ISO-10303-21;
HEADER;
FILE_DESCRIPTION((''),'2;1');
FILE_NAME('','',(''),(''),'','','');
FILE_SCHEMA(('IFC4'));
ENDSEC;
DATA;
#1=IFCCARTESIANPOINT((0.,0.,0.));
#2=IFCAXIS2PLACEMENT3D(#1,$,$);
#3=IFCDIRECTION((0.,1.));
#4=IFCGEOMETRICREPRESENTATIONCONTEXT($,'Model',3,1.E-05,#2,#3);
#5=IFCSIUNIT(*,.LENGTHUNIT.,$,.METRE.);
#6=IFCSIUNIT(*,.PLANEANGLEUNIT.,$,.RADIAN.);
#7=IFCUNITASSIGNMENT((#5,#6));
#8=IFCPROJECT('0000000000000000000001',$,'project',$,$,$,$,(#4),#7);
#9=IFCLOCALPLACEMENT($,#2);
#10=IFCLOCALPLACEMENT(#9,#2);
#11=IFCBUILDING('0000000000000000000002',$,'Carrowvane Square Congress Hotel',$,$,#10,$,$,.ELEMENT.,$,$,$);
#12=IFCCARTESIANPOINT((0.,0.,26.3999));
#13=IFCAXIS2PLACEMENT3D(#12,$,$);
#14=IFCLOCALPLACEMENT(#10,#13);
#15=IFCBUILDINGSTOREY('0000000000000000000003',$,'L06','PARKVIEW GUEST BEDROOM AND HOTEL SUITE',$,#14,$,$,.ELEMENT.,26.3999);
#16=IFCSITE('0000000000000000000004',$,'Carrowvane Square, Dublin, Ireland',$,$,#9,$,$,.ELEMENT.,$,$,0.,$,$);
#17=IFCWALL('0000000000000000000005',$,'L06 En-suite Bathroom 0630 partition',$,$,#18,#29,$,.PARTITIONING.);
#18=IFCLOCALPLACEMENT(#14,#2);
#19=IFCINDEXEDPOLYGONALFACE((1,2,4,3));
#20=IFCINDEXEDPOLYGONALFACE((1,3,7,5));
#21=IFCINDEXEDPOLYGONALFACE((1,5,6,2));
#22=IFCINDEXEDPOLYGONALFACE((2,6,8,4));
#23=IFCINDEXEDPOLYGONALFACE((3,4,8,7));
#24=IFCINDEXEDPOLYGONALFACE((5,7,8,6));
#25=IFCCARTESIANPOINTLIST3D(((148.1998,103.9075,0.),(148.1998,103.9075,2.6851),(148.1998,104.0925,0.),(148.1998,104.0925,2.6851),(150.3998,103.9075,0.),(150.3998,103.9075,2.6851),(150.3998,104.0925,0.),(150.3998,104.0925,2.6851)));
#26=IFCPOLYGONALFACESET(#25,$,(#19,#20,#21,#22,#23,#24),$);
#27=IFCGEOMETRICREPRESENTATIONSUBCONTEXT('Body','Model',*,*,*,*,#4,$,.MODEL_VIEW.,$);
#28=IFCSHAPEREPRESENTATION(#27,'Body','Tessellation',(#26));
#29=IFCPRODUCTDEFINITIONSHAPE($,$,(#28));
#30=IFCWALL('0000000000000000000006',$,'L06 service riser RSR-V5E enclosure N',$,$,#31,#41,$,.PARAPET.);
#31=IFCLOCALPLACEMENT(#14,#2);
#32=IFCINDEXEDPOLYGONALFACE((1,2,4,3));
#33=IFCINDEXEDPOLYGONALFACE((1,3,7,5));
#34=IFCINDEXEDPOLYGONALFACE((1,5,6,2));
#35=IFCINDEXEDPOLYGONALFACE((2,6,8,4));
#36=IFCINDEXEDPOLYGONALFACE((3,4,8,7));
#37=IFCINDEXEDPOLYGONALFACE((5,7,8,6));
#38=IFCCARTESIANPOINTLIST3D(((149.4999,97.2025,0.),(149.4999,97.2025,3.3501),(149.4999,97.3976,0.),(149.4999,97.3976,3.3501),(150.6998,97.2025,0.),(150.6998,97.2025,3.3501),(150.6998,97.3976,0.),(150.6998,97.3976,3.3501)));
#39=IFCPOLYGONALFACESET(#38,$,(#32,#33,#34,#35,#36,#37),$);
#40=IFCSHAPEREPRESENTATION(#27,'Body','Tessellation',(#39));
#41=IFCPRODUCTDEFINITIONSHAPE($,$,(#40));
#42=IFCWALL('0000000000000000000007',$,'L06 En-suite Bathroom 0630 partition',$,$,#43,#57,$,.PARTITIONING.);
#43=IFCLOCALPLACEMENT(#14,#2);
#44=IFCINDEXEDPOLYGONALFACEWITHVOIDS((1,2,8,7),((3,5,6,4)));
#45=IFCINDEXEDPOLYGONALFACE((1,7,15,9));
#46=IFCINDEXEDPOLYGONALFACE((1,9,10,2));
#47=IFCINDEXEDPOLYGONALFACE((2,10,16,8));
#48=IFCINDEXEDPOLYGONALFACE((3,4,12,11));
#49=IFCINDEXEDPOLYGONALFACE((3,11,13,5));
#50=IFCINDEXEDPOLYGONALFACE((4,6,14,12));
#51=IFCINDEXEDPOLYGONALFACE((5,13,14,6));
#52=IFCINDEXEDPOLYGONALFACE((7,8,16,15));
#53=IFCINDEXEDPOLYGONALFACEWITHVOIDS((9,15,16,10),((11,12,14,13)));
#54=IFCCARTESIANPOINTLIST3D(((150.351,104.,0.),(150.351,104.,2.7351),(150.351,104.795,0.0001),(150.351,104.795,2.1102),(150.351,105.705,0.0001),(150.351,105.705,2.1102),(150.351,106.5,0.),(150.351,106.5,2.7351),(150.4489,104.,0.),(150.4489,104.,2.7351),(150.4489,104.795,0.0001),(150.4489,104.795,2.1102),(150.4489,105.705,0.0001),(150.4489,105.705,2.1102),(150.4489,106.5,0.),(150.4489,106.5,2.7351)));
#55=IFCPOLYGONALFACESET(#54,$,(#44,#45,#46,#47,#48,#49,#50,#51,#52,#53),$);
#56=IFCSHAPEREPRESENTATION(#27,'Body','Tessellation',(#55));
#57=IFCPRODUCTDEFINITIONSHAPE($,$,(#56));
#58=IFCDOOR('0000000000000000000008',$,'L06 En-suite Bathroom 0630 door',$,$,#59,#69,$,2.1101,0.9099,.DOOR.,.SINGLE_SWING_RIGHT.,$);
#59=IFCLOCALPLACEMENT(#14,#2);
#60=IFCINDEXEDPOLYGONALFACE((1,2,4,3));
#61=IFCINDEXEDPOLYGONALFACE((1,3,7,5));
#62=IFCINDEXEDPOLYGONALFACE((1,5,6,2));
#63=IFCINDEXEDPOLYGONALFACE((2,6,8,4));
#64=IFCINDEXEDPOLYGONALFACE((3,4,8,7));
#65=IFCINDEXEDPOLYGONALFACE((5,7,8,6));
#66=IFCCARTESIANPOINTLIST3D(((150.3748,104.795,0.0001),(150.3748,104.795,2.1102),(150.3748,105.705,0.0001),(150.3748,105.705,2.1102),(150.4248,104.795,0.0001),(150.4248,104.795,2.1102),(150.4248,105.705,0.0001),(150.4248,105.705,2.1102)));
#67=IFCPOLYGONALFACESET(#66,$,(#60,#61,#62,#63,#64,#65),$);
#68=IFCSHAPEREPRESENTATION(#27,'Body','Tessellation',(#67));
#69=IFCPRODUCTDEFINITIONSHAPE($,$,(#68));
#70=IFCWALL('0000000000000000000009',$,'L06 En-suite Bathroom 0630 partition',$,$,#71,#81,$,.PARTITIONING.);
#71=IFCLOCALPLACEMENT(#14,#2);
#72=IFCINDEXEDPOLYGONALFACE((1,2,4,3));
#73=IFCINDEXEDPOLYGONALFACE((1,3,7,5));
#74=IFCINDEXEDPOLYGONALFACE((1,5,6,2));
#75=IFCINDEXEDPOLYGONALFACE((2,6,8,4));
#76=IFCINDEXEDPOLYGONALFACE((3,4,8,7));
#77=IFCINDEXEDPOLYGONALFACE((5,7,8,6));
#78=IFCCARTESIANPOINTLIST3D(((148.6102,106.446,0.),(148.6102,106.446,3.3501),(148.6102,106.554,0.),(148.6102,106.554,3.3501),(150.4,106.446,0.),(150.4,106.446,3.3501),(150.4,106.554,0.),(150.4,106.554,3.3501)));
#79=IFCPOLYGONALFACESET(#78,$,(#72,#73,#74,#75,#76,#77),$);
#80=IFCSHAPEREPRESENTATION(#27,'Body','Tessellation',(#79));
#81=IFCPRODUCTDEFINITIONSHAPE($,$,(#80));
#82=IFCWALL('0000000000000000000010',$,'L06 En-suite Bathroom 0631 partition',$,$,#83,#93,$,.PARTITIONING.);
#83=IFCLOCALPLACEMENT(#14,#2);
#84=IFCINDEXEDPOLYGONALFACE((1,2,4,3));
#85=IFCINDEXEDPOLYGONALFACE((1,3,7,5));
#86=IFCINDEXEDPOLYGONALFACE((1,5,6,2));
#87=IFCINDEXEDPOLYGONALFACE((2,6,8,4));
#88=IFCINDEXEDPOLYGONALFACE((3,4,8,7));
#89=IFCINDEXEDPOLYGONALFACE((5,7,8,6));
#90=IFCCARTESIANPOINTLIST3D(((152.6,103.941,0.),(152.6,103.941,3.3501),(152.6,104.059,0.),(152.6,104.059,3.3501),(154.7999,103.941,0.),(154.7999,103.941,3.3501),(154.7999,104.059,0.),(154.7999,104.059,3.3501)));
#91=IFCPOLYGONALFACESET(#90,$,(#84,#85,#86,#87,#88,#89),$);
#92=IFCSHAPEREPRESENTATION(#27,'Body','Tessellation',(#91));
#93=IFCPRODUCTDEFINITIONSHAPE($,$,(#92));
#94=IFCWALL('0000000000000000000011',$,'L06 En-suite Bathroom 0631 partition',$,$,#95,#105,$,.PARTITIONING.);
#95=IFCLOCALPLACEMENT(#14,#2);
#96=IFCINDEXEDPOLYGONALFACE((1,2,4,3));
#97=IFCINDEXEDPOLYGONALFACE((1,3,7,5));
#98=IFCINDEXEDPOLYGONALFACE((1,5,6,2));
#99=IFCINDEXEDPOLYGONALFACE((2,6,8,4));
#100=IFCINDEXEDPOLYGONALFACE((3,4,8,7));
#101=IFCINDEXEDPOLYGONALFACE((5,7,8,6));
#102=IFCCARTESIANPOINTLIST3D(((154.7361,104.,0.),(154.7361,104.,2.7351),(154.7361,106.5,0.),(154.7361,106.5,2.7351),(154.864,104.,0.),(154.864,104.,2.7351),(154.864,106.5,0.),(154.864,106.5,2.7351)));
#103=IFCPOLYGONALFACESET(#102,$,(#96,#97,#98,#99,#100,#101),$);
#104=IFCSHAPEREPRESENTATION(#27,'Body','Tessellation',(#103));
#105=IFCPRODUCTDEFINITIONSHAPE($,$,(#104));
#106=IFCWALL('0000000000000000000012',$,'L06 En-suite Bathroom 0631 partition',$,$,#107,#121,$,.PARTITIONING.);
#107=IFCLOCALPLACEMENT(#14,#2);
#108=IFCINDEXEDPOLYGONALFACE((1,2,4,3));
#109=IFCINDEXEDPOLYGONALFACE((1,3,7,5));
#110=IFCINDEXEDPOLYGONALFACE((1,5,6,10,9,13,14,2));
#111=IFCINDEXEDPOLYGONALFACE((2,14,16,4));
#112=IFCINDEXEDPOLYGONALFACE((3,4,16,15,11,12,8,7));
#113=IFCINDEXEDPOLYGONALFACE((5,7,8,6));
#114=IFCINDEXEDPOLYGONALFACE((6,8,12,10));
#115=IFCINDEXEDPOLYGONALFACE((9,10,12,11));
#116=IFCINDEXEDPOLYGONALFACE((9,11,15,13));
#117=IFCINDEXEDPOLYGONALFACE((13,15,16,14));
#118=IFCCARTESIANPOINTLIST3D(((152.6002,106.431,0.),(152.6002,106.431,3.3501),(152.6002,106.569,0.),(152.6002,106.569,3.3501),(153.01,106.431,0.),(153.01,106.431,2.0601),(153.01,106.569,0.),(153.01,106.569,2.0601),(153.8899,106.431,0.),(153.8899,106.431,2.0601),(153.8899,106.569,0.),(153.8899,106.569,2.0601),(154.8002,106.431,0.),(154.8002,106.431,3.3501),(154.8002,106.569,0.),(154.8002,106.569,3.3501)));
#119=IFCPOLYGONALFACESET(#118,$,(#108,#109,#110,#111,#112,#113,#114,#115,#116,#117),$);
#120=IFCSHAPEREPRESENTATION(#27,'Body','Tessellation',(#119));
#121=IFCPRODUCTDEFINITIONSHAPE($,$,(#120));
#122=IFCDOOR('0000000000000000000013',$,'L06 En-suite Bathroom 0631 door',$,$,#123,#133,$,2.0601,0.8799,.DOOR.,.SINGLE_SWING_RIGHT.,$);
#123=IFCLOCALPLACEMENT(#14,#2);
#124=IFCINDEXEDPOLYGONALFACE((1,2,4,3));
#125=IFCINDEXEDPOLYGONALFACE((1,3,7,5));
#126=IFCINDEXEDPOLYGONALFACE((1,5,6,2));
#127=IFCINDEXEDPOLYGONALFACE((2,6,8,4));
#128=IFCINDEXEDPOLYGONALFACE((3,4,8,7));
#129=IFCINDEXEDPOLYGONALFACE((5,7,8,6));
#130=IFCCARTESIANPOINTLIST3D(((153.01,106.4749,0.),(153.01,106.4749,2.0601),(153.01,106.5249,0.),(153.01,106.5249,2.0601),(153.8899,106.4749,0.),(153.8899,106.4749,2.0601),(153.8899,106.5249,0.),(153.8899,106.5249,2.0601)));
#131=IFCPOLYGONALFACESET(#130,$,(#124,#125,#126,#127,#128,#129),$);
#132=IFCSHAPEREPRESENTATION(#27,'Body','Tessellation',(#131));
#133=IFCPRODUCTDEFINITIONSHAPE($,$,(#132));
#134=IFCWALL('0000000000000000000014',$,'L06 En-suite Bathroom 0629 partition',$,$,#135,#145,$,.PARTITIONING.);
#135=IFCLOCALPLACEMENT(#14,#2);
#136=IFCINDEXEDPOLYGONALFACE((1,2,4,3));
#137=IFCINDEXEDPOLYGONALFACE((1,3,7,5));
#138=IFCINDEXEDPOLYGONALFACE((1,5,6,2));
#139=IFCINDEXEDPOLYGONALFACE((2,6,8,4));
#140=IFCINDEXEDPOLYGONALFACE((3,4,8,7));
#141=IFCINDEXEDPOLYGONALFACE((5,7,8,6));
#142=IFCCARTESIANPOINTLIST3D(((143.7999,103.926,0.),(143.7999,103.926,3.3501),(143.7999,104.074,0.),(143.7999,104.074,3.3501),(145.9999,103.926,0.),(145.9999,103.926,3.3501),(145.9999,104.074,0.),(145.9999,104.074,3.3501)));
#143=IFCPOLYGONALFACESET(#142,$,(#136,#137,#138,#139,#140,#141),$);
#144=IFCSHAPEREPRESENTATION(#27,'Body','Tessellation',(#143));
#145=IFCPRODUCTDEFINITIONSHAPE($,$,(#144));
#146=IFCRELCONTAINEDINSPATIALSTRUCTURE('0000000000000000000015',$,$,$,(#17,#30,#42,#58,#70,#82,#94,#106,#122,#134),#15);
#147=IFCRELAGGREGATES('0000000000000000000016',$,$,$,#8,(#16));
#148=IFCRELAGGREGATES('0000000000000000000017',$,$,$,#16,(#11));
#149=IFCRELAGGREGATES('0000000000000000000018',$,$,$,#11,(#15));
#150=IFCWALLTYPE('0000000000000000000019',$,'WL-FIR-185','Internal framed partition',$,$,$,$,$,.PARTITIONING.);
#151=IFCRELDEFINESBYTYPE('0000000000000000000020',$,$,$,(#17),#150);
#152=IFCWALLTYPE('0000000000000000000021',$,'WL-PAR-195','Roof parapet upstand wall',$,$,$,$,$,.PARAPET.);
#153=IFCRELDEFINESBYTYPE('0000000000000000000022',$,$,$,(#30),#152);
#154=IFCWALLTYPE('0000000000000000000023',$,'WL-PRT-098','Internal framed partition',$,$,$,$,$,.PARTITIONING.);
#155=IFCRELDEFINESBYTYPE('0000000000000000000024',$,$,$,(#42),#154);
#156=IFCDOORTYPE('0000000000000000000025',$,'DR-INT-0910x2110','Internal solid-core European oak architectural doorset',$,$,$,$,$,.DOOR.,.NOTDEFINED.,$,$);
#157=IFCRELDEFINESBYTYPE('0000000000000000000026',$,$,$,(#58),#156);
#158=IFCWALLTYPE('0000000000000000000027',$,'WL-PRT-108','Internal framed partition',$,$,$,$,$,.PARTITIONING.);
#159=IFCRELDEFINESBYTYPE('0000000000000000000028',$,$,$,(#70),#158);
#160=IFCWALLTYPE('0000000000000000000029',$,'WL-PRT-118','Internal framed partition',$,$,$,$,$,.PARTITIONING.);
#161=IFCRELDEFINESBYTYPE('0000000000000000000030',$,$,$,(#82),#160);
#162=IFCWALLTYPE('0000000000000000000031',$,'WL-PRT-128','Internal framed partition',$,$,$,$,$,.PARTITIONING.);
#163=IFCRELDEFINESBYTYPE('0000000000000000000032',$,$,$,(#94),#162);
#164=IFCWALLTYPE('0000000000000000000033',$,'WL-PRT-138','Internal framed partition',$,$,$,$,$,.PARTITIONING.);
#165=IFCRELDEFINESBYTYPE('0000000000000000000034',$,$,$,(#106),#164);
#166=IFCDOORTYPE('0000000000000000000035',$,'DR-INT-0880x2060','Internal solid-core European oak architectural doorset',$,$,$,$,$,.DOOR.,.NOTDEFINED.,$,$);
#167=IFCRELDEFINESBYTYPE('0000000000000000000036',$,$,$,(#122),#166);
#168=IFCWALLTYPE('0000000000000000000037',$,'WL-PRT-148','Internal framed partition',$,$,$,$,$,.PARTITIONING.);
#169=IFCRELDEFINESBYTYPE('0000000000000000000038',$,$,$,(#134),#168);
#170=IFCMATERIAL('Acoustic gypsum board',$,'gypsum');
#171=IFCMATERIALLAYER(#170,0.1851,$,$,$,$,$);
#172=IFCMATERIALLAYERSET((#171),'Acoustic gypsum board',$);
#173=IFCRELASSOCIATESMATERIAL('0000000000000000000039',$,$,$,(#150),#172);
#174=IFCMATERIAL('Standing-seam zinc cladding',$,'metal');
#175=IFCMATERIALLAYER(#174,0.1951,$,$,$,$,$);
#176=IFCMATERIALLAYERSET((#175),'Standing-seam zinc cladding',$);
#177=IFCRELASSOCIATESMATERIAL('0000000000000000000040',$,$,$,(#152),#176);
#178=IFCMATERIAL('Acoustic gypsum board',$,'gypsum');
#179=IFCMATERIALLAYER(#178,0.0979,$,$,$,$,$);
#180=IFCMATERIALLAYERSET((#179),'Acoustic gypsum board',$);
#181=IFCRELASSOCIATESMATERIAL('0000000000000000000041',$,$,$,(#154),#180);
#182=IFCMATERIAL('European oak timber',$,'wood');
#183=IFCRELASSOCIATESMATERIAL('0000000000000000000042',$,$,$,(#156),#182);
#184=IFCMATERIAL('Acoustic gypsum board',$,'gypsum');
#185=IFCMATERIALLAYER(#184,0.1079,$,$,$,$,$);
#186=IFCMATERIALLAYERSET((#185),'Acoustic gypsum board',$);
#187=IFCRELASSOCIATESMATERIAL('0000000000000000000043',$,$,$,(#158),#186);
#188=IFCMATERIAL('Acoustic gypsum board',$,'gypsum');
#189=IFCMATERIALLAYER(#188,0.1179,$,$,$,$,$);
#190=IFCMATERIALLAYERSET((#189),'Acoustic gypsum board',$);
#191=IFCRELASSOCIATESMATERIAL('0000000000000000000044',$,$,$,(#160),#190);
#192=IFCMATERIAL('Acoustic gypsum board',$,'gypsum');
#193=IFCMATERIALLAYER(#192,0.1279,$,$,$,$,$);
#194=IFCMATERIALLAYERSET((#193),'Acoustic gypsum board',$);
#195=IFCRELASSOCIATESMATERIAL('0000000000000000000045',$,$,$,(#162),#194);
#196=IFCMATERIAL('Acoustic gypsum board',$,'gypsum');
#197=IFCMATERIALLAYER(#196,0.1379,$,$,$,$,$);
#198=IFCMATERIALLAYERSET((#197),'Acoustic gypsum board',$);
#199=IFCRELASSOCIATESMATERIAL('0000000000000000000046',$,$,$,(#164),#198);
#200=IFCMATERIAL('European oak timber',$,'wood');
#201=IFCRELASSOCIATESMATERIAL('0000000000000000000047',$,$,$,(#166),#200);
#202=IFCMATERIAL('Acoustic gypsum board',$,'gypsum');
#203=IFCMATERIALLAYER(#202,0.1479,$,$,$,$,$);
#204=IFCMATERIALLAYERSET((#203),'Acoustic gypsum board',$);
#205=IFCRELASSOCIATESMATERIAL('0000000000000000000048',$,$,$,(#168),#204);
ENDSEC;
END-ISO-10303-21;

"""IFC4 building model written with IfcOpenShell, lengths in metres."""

from ifc_helpers import new_model, si_unit, direction, frame, frame_2d, origin, place, context, subcontext, project, spatial, rectangle, extrude, material, layer, layer_set, type_object, element, fill, save


model = new_model("IFC4")

# Units and contexts
model_context = context("Model", 3, precision=1e-05, world=origin(), true_north=direction((0.0, 1.0)))
body_context = subcontext(model_context, "Body", "Model", "MODEL_VIEW")
ifc_project = project(units=[si_unit("LENGTHUNIT", "METRE"), si_unit("PLANEANGLEUNIT", "RADIAN")], contexts=[model_context])

# Site, building, storey
site_placement = place(None, origin())
site = spatial("IfcSite", under=ifc_project, at=site_placement, Name="Carrowvane Square, Dublin, Ireland", CompositionType="ELEMENT", RefElevation=0.0)
building_placement = place(site_placement, origin())
building = spatial("IfcBuilding", under=site, at=building_placement, Name="Carrowvane Square Congress Hotel", CompositionType="ELEMENT")
storey_placement = place(building_placement, frame((0.0, 0.0, 26.3999)))
storey = spatial("IfcBuildingStorey", under=building, at=storey_placement, Name="L06", Description="PARKVIEW GUEST BEDROOM AND HOTEL SUITE", CompositionType="ELEMENT", Elevation=26.3999)

# Walls
ifc_material_1 = material(Name="Acoustic gypsum board", Category="gypsum")
ifc_layer_1 = layer(ifc_material_1, 0.1851)
ifc_layer_set_1 = layer_set([ifc_layer_1], Name="Acoustic gypsum board")
wall_type_1 = type_object("IfcWallType", Name="WL-FIR-185", Description="Internal framed partition", PredefinedType="PARTITIONING", material=ifc_layer_set_1)
wall_1_placement = place(storey_placement, frame((150.3999, 104.0, 0.0), z_axis=(0.0, 0.0, 1.0), x_axis=(-1.0, 0.0, 0.0)))
element("IfcWall", 1, at=wall_1_placement, inside=storey, type_object=wall_type_1, Name="L06 En-suite Bathroom 0630 partition", PredefinedType="PARTITIONING", context=body_context, shape_type="SweptSolid", body=[
    extrude(rectangle(XDim=2.2, YDim=0.1851, at=frame_2d((1.1001, 0.0))), origin(), (0.0, 0.0, 1.0), 2.6851),
])
ifc_material_2 = material(Name="Standing-seam zinc cladding", Category="metal")
ifc_layer_2 = layer(ifc_material_2, 0.1951)
ifc_layer_set_2 = layer_set([ifc_layer_2], Name="Standing-seam zinc cladding")
wall_type_2 = type_object("IfcWallType", Name="WL-PAR-195", Description="Roof parapet upstand wall", PredefinedType="PARAPET", material=ifc_layer_set_2)
wall_2_placement = place(storey_placement, frame((150.7, 97.3, 0.0), z_axis=(0.0, 0.0, 1.0), x_axis=(-1.0, 0.0, 0.0)))
element("IfcWall", 2, at=wall_2_placement, inside=storey, type_object=wall_type_2, Name="L06 service riser RSR-V5E enclosure N", PredefinedType="PARAPET", context=body_context, shape_type="SweptSolid", body=[
    extrude(rectangle(XDim=1.2, YDim=0.1951, at=frame_2d((0.6001, 0.0))), origin(), (0.0, 0.0, 1.0), 3.3501),
])

# Wall, opening, door
ifc_material_3 = material(Name="Acoustic gypsum board", Category="gypsum")
ifc_layer_3 = layer(ifc_material_3, 0.0979)
ifc_layer_set_3 = layer_set([ifc_layer_3], Name="Acoustic gypsum board")
wall_type_3 = type_object("IfcWallType", Name="WL-PRT-098", Description="Internal framed partition", PredefinedType="PARTITIONING", material=ifc_layer_set_3)
wall_3_placement = place(storey_placement, frame((150.3999, 106.5, 0.0), z_axis=(0.0, 0.0, 1.0), x_axis=(0.0, -1.0, 0.0)))
wall_3 = element("IfcWall", 3, at=wall_3_placement, inside=storey, type_object=wall_type_3, Name="L06 En-suite Bathroom 0630 partition", PredefinedType="PARTITIONING", context=body_context, shape_type="SweptSolid", body=[
    extrude(rectangle(XDim=2.5, YDim=0.0979, at=frame_2d((1.25, 0.0))), origin(), (0.0, 0.0, 1.0), 2.7351),
])
opening_1_placement = place(wall_3_placement, frame((0.7949, 0.0, 0.0)))
opening_1 = element("IfcOpeningElement", 4, at=opening_1_placement, cuts=wall_3, PredefinedType="OPENING", context=body_context, shape_type="SweptSolid", body=[
    extrude(rectangle(XDim=0.9099, YDim=2.1101, at=frame_2d((0.4551, 1.0552))), frame((0.0, 0.0588, 0.0), z_axis=(0.0, -1.0, 0.0), x_axis=(1.0, 0.0, 0.0)), (0.0, 0.0, 1.0), 0.1179),
])
ifc_material_4 = material(Name="European oak timber", Category="wood")
door_type_1 = type_object("IfcDoorType", Name="DR-INT-0910x2110", Description="Internal solid-core European oak architectural doorset", OperationType="NOTDEFINED", PredefinedType="DOOR", material=ifc_material_4)
door_1_placement = place(opening_1_placement, origin())
door_1 = element("IfcDoor", 5, at=door_1_placement, inside=storey, type_object=door_type_1, Name="L06 En-suite Bathroom 0630 door", OperationType="SINGLE_SWING_RIGHT", OverallHeight=2.1101, OverallWidth=0.9099, PredefinedType="DOOR", context=body_context, shape_type="SweptSolid", body=[
    extrude(rectangle(XDim=0.9099, YDim=2.1101, at=frame_2d((0.4551, 1.0552))), frame((0.0, 0.0249, 0.0), z_axis=(0.0, -1.0, 0.0), x_axis=(1.0, 0.0, 0.0)), (0.0, 0.0, 1.0), 0.05),
])
fill(opening_1, door_1)

# Walls
ifc_material_5 = material(Name="Acoustic gypsum board", Category="gypsum")
ifc_layer_4 = layer(ifc_material_5, 0.1079)
ifc_layer_set_4 = layer_set([ifc_layer_4], Name="Acoustic gypsum board")
wall_type_4 = type_object("IfcWallType", Name="WL-PRT-108", Description="Internal framed partition", PredefinedType="PARTITIONING", material=ifc_layer_set_4)
wall_4_placement = place(storey_placement, frame((148.6101, 106.5, 0.0), z_axis=(0.0, 0.0, 1.0), x_axis=(1.0, 0.0, 0.0)))
element("IfcWall", 6, at=wall_4_placement, inside=storey, type_object=wall_type_4, Name="L06 En-suite Bathroom 0630 partition", PredefinedType="PARTITIONING", context=body_context, shape_type="SweptSolid", body=[
    extrude(rectangle(XDim=1.7898, YDim=0.1079, at=frame_2d((0.895, 0.0))), origin(), (0.0, 0.0, 1.0), 3.3501),
])
ifc_material_6 = material(Name="Acoustic gypsum board", Category="gypsum")
ifc_layer_5 = layer(ifc_material_6, 0.1179)
ifc_layer_set_5 = layer_set([ifc_layer_5], Name="Acoustic gypsum board")
wall_type_5 = type_object("IfcWallType", Name="WL-PRT-118", Description="Internal framed partition", PredefinedType="PARTITIONING", material=ifc_layer_set_5)
wall_5_placement = place(storey_placement, frame((154.8, 104.0, 0.0), z_axis=(0.0, 0.0, 1.0), x_axis=(-1.0, 0.0, 0.0)))
element("IfcWall", 7, at=wall_5_placement, inside=storey, type_object=wall_type_5, Name="L06 En-suite Bathroom 0631 partition", PredefinedType="PARTITIONING", context=body_context, shape_type="SweptSolid", body=[
    extrude(rectangle(XDim=2.2, YDim=0.1179, at=frame_2d((1.1001, 0.0))), origin(), (0.0, 0.0, 1.0), 3.3501),
])
ifc_material_7 = material(Name="Acoustic gypsum board", Category="gypsum")
ifc_layer_6 = layer(ifc_material_7, 0.1279)
ifc_layer_set_6 = layer_set([ifc_layer_6], Name="Acoustic gypsum board")
wall_type_6 = type_object("IfcWallType", Name="WL-PRT-128", Description="Internal framed partition", PredefinedType="PARTITIONING", material=ifc_layer_set_6)
wall_6_placement = place(storey_placement, frame((154.8, 106.5, 0.0), z_axis=(0.0, 0.0, 1.0), x_axis=(0.0, -1.0, 0.0)))
element("IfcWall", 8, at=wall_6_placement, inside=storey, type_object=wall_type_6, Name="L06 En-suite Bathroom 0631 partition", PredefinedType="PARTITIONING", context=body_context, shape_type="SweptSolid", body=[
    extrude(rectangle(XDim=2.5, YDim=0.1279, at=frame_2d((1.25, 0.0))), origin(), (0.0, 0.0, 1.0), 2.7351),
])

# Wall, opening, door
ifc_material_8 = material(Name="Acoustic gypsum board", Category="gypsum")
ifc_layer_7 = layer(ifc_material_8, 0.1379)
ifc_layer_set_7 = layer_set([ifc_layer_7], Name="Acoustic gypsum board")
wall_type_7 = type_object("IfcWallType", Name="WL-PRT-138", Description="Internal framed partition", PredefinedType="PARTITIONING", material=ifc_layer_set_7)
wall_7_placement = place(storey_placement, frame((152.6001, 106.5, 0.0), z_axis=(0.0, 0.0, 1.0), x_axis=(1.0, 0.0, 0.0)))
wall_7 = element("IfcWall", 9, at=wall_7_placement, inside=storey, type_object=wall_type_7, Name="L06 En-suite Bathroom 0631 partition", PredefinedType="PARTITIONING", context=body_context, shape_type="SweptSolid", body=[
    extrude(rectangle(XDim=2.2, YDim=0.1379, at=frame_2d((1.1001, 0.0))), origin(), (0.0, 0.0, 1.0), 3.3501),
])
opening_2_placement = place(wall_7_placement, frame((0.4099, 0.0, 0.0)))
opening_2 = element("IfcOpeningElement", 10, at=opening_2_placement, cuts=wall_7, PredefinedType="OPENING", context=body_context, shape_type="SweptSolid", body=[
    extrude(rectangle(XDim=0.8799, YDim=2.0601, at=frame_2d((0.4399, 1.03))), frame((0.0, 0.0789, 0.0), z_axis=(0.0, -1.0, 0.0), x_axis=(1.0, 0.0, 0.0)), (0.0, 0.0, 1.0), 0.158),
])
ifc_material_9 = material(Name="European oak timber", Category="wood")
door_type_2 = type_object("IfcDoorType", Name="DR-INT-0880x2060", Description="Internal solid-core European oak architectural doorset", OperationType="NOTDEFINED", PredefinedType="DOOR", material=ifc_material_9)
door_2_placement = place(opening_2_placement, origin())
door_2 = element("IfcDoor", 11, at=door_2_placement, inside=storey, type_object=door_type_2, Name="L06 En-suite Bathroom 0631 door", OperationType="SINGLE_SWING_RIGHT", OverallHeight=2.0601, OverallWidth=0.8799, PredefinedType="DOOR", context=body_context, shape_type="SweptSolid", body=[
    extrude(rectangle(XDim=0.8799, YDim=2.0601, at=frame_2d((0.4399, 1.03))), frame((0.0, 0.0249, 0.0), z_axis=(0.0, -1.0, 0.0), x_axis=(1.0, 0.0, 0.0)), (0.0, 0.0, 1.0), 0.05),
])
fill(opening_2, door_2)

# Wall
ifc_material_10 = material(Name="Acoustic gypsum board", Category="gypsum")
ifc_layer_8 = layer(ifc_material_10, 0.1479)
ifc_layer_set_8 = layer_set([ifc_layer_8], Name="Acoustic gypsum board")
wall_type_8 = type_object("IfcWallType", Name="WL-PRT-148", Description="Internal framed partition", PredefinedType="PARTITIONING", material=ifc_layer_set_8)
wall_8_placement = place(storey_placement, frame((146.0, 104.0, 0.0), z_axis=(0.0, 0.0, 1.0), x_axis=(-1.0, 0.0, 0.0)))
element("IfcWall", 12, at=wall_8_placement, inside=storey, type_object=wall_type_8, Name="L06 En-suite Bathroom 0629 partition", PredefinedType="PARTITIONING", context=body_context, shape_type="SweptSolid", body=[
    extrude(rectangle(XDim=2.2, YDim=0.1479, at=frame_2d((1.1001, 0.0))), origin(), (0.0, 0.0, 1.0), 3.3501),
])

save(model, "model.ifc")
